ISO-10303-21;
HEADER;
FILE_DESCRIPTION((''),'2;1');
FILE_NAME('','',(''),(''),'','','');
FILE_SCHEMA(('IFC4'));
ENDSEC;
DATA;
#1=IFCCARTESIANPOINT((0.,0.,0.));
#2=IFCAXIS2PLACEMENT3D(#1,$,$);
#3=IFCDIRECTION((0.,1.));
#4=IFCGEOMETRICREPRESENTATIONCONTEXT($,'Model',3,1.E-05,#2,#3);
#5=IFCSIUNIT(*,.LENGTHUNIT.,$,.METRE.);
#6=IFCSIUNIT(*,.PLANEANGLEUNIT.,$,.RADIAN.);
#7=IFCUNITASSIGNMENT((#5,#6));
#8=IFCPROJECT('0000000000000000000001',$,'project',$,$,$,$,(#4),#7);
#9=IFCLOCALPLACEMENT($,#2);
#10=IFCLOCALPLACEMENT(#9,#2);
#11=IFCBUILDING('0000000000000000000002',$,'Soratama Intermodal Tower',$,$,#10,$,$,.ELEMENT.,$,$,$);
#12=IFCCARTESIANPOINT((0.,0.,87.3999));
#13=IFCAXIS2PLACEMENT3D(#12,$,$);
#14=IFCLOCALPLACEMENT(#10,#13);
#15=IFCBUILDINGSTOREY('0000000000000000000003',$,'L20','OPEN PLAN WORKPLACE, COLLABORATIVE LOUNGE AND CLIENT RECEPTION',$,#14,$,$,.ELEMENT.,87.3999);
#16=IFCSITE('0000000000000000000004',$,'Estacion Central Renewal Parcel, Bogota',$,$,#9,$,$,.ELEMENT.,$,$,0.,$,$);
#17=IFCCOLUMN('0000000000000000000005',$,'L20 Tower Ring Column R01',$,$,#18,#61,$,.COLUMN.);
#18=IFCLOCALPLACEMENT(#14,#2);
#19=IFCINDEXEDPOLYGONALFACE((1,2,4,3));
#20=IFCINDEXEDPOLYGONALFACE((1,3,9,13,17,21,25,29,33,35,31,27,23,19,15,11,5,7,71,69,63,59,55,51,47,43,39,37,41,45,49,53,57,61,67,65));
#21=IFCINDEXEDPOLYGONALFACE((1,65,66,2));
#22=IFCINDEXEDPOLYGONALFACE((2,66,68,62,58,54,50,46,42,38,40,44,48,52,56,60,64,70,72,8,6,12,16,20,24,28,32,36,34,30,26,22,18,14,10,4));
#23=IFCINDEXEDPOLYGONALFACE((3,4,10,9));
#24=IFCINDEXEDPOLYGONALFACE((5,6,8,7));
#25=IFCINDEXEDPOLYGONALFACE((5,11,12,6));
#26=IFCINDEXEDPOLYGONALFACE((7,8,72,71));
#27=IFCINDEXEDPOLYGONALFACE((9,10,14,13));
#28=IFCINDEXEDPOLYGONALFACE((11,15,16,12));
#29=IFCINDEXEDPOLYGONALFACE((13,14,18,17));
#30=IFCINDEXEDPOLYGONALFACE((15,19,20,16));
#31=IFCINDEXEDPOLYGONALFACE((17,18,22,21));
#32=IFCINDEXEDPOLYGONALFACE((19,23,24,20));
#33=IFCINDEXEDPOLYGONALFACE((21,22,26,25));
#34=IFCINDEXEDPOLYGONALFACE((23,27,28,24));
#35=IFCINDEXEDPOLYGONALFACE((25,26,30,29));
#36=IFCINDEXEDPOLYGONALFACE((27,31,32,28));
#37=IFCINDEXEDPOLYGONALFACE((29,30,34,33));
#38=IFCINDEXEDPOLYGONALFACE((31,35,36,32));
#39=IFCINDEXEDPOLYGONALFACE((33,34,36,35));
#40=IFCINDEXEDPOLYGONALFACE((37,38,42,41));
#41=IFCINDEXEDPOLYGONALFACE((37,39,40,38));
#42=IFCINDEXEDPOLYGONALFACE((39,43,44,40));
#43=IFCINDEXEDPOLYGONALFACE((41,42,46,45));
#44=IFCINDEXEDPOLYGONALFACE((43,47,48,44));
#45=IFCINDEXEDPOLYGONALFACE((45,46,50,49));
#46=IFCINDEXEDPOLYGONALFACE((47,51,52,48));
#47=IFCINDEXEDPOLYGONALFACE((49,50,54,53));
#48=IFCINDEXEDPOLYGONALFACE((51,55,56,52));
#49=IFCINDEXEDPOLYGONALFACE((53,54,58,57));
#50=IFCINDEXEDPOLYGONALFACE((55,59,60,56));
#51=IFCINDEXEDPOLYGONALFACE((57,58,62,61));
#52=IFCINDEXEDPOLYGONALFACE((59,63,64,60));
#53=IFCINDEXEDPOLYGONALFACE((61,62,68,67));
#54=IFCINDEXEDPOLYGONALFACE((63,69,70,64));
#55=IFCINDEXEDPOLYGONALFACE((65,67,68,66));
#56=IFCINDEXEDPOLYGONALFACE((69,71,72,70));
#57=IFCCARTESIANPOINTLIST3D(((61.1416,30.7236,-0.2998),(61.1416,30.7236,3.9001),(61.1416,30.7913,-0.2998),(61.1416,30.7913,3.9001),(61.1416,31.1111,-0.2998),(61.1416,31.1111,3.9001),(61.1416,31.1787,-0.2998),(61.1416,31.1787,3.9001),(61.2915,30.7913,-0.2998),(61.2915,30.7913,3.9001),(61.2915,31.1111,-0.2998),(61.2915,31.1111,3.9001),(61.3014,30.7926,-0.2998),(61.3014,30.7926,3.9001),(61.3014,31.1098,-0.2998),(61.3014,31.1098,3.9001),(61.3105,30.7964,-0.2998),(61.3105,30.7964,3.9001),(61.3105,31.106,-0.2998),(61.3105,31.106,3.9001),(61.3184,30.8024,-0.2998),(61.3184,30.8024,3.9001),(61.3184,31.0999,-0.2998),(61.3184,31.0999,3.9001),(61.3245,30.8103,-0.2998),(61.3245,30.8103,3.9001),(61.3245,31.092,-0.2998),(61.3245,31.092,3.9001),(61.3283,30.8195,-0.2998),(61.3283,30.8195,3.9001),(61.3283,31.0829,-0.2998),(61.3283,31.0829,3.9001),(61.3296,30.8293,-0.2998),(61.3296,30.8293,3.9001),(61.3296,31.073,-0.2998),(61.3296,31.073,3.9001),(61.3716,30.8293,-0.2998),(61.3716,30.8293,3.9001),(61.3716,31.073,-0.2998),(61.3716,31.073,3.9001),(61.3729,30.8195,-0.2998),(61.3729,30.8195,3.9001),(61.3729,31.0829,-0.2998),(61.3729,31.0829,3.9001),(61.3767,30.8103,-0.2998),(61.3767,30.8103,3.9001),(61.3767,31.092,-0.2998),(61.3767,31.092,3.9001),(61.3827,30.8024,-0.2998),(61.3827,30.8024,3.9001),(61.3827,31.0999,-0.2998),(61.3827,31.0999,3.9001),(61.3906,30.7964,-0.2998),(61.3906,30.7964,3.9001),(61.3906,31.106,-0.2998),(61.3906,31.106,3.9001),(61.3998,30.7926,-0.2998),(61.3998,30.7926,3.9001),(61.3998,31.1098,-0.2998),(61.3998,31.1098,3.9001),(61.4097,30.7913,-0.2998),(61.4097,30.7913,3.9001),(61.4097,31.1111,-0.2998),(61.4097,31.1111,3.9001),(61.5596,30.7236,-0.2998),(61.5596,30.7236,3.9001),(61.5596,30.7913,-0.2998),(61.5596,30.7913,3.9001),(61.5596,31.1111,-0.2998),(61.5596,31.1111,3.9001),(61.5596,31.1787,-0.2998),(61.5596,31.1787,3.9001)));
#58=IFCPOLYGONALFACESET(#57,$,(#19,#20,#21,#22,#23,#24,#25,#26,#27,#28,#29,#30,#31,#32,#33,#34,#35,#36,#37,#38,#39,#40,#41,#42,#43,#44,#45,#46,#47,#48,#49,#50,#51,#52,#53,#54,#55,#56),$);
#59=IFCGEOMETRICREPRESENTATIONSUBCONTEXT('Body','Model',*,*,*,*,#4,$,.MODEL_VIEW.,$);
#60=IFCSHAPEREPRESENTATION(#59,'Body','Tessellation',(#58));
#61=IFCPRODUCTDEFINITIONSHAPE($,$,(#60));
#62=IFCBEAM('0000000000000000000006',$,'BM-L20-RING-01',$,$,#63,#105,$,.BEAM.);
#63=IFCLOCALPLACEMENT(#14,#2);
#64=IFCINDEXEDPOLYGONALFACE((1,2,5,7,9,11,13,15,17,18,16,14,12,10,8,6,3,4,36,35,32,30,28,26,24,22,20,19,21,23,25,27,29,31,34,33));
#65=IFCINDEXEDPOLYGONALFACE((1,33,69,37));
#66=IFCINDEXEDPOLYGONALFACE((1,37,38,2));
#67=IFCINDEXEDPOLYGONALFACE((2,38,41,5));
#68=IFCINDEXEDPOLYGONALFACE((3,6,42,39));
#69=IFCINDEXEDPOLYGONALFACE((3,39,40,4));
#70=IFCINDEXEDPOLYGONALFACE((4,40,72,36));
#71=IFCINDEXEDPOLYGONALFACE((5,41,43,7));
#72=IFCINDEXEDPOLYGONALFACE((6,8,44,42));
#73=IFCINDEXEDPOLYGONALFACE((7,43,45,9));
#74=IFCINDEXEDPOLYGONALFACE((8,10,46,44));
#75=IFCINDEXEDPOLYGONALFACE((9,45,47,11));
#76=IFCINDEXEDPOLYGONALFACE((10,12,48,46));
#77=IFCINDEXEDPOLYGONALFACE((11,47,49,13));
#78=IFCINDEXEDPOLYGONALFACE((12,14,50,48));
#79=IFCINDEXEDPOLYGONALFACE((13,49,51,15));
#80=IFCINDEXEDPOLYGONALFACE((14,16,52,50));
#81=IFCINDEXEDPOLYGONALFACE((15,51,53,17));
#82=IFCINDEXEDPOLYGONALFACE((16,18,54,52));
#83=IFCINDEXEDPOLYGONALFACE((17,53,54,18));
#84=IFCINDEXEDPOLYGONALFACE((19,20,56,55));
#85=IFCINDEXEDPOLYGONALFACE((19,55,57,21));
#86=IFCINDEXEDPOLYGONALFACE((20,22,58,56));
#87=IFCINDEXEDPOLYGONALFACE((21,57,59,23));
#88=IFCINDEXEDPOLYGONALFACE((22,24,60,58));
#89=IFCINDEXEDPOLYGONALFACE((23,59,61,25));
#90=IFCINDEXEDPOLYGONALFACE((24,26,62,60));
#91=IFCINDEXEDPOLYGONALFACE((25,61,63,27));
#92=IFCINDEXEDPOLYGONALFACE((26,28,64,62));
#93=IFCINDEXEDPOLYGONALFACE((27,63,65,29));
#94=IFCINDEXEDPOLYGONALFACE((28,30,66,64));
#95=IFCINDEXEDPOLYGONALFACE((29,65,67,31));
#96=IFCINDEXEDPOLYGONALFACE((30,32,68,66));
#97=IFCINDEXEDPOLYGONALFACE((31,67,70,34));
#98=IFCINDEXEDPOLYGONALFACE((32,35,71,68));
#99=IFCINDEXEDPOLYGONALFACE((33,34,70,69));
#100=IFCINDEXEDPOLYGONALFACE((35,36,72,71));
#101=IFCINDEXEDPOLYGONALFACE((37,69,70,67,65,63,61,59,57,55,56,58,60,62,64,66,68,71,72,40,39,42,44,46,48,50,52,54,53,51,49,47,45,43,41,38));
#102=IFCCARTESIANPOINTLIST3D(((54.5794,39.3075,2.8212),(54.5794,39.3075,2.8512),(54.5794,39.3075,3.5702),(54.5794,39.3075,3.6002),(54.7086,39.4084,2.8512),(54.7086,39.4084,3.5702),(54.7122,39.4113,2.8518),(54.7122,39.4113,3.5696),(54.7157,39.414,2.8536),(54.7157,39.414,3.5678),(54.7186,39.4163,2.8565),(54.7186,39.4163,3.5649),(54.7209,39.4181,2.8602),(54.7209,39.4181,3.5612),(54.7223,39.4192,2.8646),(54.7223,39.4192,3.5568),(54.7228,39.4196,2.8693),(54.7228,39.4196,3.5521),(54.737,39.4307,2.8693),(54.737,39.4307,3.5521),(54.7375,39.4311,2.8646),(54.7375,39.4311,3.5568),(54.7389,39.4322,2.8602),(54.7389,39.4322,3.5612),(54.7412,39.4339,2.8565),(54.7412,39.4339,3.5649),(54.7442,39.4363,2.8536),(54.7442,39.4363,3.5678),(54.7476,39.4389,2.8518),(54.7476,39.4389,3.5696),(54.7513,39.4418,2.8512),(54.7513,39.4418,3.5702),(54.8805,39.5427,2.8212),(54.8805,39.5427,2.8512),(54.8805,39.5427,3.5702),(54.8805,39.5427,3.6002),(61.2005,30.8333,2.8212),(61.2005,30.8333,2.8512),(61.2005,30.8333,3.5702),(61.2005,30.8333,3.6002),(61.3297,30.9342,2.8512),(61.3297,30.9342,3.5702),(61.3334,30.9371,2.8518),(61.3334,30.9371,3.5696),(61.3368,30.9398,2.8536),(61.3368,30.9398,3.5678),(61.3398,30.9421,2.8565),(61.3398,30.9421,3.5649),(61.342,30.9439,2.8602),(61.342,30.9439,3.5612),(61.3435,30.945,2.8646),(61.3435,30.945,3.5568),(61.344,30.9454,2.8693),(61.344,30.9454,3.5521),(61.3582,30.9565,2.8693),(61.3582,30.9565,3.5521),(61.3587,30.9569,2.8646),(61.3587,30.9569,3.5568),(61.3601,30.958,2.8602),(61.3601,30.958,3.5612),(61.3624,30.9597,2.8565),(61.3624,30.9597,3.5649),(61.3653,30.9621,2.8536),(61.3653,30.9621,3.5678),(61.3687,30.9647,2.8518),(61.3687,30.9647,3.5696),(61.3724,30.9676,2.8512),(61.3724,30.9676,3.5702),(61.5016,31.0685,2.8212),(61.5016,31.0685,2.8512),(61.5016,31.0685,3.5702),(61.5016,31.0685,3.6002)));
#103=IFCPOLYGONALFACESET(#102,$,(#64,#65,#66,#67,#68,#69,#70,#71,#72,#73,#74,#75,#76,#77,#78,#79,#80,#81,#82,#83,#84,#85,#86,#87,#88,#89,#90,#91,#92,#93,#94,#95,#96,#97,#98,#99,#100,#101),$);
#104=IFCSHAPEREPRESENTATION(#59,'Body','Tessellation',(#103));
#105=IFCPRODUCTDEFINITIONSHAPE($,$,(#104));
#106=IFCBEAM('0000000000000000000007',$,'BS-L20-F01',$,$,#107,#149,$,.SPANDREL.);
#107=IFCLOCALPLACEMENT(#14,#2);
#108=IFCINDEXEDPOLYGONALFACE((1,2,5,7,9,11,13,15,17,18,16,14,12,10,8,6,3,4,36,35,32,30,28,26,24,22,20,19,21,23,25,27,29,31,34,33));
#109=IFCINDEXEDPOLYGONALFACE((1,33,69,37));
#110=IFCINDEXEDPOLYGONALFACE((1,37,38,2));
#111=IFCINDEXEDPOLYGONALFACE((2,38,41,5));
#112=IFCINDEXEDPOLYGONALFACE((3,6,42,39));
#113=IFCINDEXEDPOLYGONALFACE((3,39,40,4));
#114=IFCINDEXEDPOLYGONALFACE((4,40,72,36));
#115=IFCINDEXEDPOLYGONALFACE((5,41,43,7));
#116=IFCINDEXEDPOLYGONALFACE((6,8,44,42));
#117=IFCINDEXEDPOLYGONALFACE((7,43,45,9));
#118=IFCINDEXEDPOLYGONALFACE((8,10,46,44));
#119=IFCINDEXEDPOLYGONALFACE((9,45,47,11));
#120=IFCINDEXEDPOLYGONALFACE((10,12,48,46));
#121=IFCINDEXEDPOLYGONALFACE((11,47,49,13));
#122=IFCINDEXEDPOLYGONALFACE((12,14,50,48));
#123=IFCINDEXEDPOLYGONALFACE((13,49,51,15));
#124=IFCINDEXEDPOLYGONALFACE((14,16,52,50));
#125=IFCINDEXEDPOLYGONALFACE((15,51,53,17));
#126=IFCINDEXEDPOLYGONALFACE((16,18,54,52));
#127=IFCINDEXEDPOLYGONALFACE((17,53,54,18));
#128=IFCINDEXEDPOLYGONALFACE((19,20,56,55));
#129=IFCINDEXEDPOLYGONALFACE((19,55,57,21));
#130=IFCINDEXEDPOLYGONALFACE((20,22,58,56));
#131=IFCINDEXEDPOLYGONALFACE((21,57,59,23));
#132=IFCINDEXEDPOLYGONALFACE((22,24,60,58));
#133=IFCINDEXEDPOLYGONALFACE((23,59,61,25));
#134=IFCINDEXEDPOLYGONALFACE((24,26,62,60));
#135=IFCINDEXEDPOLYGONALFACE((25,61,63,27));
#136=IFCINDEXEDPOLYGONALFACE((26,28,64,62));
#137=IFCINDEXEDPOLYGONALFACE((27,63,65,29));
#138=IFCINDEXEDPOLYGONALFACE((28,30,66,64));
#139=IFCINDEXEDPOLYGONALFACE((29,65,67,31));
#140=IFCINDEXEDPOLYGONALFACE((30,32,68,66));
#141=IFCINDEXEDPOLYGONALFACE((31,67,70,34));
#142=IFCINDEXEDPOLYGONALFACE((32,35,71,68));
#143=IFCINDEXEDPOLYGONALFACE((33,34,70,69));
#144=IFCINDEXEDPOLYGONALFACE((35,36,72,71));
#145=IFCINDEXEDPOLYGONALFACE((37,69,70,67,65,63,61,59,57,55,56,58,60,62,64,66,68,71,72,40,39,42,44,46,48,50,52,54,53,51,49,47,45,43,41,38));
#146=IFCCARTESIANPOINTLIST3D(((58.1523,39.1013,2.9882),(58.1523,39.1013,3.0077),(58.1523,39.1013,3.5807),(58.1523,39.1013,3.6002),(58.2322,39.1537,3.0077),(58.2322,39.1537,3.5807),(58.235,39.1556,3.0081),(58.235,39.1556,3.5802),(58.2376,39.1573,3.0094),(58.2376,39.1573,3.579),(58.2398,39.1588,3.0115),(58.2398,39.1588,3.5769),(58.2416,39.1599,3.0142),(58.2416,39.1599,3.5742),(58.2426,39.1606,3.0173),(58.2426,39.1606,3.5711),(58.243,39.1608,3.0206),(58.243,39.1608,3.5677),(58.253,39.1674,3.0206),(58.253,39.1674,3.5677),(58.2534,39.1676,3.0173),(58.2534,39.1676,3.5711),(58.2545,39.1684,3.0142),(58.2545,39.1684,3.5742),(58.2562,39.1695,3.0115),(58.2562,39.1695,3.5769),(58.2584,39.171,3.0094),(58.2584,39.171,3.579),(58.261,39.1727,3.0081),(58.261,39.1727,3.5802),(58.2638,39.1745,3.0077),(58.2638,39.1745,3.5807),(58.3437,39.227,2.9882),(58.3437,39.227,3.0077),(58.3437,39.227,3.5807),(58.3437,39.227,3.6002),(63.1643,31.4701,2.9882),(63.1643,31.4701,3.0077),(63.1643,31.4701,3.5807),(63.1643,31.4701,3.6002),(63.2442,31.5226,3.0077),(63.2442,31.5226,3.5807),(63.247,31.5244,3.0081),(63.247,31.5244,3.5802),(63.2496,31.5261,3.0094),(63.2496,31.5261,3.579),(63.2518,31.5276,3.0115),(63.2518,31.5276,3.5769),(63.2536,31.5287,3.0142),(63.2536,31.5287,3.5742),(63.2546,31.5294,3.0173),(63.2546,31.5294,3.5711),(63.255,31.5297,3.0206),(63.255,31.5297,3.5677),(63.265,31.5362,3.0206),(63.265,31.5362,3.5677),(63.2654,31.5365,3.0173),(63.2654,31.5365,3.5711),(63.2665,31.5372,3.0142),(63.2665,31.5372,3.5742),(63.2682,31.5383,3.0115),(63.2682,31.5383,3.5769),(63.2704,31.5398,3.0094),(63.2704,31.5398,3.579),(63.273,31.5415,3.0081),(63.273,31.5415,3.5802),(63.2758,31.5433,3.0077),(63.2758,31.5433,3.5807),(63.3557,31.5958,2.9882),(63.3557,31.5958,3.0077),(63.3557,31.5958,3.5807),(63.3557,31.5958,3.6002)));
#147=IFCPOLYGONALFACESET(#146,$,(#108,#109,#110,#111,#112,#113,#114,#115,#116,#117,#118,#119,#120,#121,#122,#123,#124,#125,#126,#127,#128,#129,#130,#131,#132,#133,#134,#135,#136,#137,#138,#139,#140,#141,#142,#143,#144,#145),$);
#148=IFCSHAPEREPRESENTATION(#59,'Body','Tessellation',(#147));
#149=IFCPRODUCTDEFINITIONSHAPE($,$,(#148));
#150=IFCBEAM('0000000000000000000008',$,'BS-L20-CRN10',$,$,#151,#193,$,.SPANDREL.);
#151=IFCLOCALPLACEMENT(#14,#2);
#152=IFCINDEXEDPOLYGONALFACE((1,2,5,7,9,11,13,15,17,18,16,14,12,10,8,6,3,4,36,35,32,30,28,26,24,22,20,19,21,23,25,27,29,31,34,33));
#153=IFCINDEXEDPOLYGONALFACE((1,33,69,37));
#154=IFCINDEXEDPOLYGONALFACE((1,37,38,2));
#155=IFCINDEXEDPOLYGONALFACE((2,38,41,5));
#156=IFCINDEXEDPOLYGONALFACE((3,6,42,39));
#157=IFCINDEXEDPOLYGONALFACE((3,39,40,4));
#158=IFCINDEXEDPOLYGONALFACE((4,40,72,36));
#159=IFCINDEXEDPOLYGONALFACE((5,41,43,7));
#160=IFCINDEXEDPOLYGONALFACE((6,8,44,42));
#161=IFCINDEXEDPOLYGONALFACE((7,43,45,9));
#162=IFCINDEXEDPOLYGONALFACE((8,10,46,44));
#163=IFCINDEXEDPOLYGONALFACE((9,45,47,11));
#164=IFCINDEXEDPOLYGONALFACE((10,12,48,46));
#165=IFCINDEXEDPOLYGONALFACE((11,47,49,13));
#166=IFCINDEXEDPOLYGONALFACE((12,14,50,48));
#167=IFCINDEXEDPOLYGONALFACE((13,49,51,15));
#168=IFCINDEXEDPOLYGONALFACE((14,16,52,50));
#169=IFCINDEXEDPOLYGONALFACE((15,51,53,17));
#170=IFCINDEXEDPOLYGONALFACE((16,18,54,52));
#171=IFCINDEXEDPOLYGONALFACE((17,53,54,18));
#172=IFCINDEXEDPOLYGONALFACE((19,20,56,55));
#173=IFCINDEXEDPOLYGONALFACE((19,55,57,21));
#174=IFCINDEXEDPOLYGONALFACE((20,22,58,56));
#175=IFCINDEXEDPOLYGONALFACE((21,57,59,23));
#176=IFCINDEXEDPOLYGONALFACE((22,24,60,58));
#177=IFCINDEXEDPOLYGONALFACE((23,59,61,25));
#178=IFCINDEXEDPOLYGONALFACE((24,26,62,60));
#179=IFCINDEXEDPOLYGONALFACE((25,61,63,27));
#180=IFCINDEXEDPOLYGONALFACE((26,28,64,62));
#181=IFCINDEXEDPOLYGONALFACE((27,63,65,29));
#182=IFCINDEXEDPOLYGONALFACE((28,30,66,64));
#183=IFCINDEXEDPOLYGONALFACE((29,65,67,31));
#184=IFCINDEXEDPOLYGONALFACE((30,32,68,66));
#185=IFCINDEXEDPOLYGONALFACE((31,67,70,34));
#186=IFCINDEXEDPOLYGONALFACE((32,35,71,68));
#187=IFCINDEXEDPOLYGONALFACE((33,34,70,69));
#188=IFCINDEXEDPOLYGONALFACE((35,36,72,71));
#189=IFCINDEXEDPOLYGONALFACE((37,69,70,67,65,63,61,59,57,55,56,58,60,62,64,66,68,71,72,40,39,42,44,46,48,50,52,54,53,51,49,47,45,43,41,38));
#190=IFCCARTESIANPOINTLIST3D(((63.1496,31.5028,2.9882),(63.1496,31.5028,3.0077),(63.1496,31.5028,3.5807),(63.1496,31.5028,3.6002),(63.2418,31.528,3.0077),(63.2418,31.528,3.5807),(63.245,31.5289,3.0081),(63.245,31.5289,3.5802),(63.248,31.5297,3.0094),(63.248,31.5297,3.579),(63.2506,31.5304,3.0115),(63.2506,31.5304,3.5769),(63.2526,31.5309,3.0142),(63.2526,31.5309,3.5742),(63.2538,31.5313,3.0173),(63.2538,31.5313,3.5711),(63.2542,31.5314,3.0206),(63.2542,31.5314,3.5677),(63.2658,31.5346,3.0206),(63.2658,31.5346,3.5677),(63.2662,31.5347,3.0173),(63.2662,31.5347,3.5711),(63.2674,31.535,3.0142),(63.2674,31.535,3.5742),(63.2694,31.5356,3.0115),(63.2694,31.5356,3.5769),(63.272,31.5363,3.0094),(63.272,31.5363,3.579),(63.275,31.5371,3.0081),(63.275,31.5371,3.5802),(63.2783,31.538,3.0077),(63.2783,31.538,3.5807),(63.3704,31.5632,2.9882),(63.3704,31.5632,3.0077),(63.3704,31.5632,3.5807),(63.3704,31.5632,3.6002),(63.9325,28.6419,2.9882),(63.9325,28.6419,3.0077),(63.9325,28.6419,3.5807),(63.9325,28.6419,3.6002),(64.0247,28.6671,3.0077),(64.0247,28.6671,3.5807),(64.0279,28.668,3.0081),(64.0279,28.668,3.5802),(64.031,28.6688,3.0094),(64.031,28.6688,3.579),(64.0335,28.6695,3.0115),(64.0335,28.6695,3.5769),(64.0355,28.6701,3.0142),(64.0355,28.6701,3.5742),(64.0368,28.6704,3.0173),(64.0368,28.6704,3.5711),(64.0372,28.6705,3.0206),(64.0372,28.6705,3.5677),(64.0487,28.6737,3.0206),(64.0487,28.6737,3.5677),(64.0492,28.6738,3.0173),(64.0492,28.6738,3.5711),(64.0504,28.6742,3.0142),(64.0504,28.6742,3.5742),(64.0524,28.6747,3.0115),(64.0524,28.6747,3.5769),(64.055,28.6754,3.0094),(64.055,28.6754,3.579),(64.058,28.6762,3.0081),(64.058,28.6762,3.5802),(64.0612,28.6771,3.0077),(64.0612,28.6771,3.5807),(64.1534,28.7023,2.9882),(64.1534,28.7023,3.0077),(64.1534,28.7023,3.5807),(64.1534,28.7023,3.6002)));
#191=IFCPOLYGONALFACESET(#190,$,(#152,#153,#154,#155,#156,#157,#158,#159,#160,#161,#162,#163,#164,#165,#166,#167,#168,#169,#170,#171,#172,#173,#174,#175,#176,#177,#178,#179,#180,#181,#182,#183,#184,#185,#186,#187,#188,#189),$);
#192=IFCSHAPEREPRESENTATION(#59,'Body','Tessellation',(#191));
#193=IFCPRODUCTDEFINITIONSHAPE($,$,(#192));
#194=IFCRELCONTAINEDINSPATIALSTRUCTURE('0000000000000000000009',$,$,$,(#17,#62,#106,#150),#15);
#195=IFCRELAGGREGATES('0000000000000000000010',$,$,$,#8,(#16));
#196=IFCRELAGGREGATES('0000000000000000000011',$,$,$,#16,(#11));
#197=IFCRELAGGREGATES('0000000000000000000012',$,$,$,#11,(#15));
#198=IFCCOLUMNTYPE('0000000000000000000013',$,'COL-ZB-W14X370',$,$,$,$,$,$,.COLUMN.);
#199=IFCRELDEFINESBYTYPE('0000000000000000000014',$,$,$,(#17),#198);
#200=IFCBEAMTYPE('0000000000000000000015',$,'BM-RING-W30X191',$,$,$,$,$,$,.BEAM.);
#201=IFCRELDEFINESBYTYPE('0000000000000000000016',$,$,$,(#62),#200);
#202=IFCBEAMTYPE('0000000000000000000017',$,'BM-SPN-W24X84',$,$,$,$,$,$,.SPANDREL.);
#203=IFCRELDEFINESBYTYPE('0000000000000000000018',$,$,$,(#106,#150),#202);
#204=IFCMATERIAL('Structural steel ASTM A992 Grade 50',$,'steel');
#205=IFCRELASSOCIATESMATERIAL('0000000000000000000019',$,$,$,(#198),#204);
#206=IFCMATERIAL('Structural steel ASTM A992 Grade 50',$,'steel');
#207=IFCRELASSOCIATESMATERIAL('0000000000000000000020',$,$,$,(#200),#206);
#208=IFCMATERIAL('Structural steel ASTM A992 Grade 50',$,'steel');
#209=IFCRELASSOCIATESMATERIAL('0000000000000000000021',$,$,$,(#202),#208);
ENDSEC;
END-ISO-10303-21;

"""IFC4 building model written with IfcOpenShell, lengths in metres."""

from ifc_helpers import new_model, si_unit, direction, frame, origin, origin_2d, place, context, subcontext, project, spatial, i_section, extrude, material, material_profile, profile_set, type_object, element, save


model = new_model("IFC4")

# Units and contexts
model_context = context("Model", 3, precision=1e-05, world=origin(), true_north=direction((0.0, 1.0)))
body_context = subcontext(model_context, "Body", "Model", "MODEL_VIEW")
ifc_project = project(units=[si_unit("LENGTHUNIT", "METRE"), si_unit("PLANEANGLEUNIT", "RADIAN")], contexts=[model_context])

# Site, building, storey
site_placement = place(None, origin())
site = spatial("IfcSite", under=ifc_project, at=site_placement, Name="Estacion Central Renewal Parcel, Bogota", CompositionType="ELEMENT", RefElevation=0.0)
building_placement = place(site_placement, origin())
building = spatial("IfcBuilding", under=site, at=building_placement, Name="Soratama Intermodal Tower", CompositionType="ELEMENT")
storey_placement = place(building_placement, frame((0.0, 0.0, 87.3999)))
storey = spatial("IfcBuildingStorey", under=building, at=storey_placement, Name="L20", Description="OPEN PLAN WORKPLACE, COLLABORATIVE LOUNGE AND CLIENT RECEPTION", CompositionType="ELEMENT", Elevation=87.3999)

# Column
ifc_material_1 = material(Name="Structural steel ASTM A992 Grade 50", Category="steel")
ifc_material_profile_1 = material_profile(ifc_material_1, i_section(OverallWidth=0.418, OverallDepth=0.4551, WebThickness=0.042, FlangeThickness=0.0676, FilletRadius=0.0381, at=origin_2d()), Name="W14X370")
ifc_profile_set_1 = profile_set([ifc_material_profile_1], Name="Structural steel ASTM A992 Grade 50")
column_type = type_object("IfcColumnType", Name="COL-ZB-W14X370", PredefinedType="COLUMN", material=ifc_profile_set_1)
column_placement = place(storey_placement, frame((61.3506, 30.9512, -0.2998), z_axis=(0.0, 0.0, 1.0), x_axis=(1.0, 0.0, 0.0)))
element("IfcColumn", 1, at=column_placement, inside=storey, type_object=column_type, Name="L20 Tower Ring Column R01", PredefinedType="COLUMN", context=body_context, shape_type="SweptSolid", body=[
    extrude(i_section(OverallWidth=0.418, OverallDepth=0.4551, WebThickness=0.042, FlangeThickness=0.0676, FilletRadius=0.0381, at=origin_2d()), origin(), (0.0, 0.0, 1.0), 4.2),
])

# Beams
ifc_material_2 = material(Name="Structural steel ASTM A992 Grade 50", Category="steel")
ifc_material_profile_2 = material_profile(ifc_material_2, i_section(OverallWidth=0.3821, OverallDepth=0.7791, WebThickness=0.0181, FlangeThickness=0.03, FilletRadius=0.0181, at=origin_2d()), Name="W30X191")
ifc_profile_set_2 = profile_set([ifc_material_profile_2], Name="Structural steel ASTM A992 Grade 50")
beam_type_1 = type_object("IfcBeamType", Name="BM-RING-W30X191", PredefinedType="BEAM", material=ifc_profile_set_2)
beam_1_placement = place(storey_placement, frame((61.3511, 30.9509, 3.2107), z_axis=(-0.615684, 0.787993, 0.0), x_axis=(-0.787993, -0.615684, 0.0)))
element("IfcBeam", 2, at=beam_1_placement, inside=storey, type_object=beam_type_1, Name="BM-L20-RING-01", PredefinedType="BEAM", context=body_context, shape_type="SweptSolid", body=[
    extrude(i_section(OverallWidth=0.3821, OverallDepth=0.7791, WebThickness=0.0181, FlangeThickness=0.03, FilletRadius=0.0181, at=origin_2d()), origin(), (0.0, 0.0, 1.0), 10.7542),
])
ifc_material_3 = material(Name="Structural steel ASTM A992 Grade 50", Category="steel")
ifc_material_profile_3 = material_profile(ifc_material_3, i_section(OverallWidth=0.229, OverallDepth=0.6121, WebThickness=0.012, FlangeThickness=0.0195, FilletRadius=0.0129, at=origin_2d()), Name="W24X84")
ifc_profile_set_3 = profile_set([ifc_material_profile_3], Name="Structural steel ASTM A992 Grade 50")
beam_type_2 = type_object("IfcBeamType", Name="BM-SPN-W24X84", PredefinedType="SPANDREL", material=ifc_profile_set_3)
beam_2_placement = place(storey_placement, frame((63.26, 31.533, 3.2942), z_axis=(-0.548967, 0.835844, 0.0), x_axis=(-0.835844, -0.548967, 0.0)))
element("IfcBeam", 3, at=beam_2_placement, inside=storey, type_object=beam_type_2, Name="BS-L20-F01", PredefinedType="SPANDREL", context=body_context, shape_type="SweptSolid", body=[
    extrude(i_section(OverallWidth=0.229, OverallDepth=0.6121, WebThickness=0.012, FlangeThickness=0.0195, FilletRadius=0.0129, at=origin_2d()), origin(), (0.0, 0.0, 1.0), 9.1299),
])
beam_3_placement = place(storey_placement, frame((64.043, 28.6721, 3.2942), z_axis=(-0.263974, 0.96453, 0.0), x_axis=(-0.96453, -0.263974, 0.0)))
element("IfcBeam", 4, at=beam_3_placement, inside=storey, type_object=beam_type_2, Name="BS-L20-CRN10", PredefinedType="SPANDREL", context=body_context, shape_type="SweptSolid", body=[
    extrude(i_section(OverallWidth=0.229, OverallDepth=0.6121, WebThickness=0.012, FlangeThickness=0.0195, FilletRadius=0.0129, at=origin_2d()), origin(), (0.0, 0.0, 1.0), 2.9661),
])

save(model, "model.ifc")
